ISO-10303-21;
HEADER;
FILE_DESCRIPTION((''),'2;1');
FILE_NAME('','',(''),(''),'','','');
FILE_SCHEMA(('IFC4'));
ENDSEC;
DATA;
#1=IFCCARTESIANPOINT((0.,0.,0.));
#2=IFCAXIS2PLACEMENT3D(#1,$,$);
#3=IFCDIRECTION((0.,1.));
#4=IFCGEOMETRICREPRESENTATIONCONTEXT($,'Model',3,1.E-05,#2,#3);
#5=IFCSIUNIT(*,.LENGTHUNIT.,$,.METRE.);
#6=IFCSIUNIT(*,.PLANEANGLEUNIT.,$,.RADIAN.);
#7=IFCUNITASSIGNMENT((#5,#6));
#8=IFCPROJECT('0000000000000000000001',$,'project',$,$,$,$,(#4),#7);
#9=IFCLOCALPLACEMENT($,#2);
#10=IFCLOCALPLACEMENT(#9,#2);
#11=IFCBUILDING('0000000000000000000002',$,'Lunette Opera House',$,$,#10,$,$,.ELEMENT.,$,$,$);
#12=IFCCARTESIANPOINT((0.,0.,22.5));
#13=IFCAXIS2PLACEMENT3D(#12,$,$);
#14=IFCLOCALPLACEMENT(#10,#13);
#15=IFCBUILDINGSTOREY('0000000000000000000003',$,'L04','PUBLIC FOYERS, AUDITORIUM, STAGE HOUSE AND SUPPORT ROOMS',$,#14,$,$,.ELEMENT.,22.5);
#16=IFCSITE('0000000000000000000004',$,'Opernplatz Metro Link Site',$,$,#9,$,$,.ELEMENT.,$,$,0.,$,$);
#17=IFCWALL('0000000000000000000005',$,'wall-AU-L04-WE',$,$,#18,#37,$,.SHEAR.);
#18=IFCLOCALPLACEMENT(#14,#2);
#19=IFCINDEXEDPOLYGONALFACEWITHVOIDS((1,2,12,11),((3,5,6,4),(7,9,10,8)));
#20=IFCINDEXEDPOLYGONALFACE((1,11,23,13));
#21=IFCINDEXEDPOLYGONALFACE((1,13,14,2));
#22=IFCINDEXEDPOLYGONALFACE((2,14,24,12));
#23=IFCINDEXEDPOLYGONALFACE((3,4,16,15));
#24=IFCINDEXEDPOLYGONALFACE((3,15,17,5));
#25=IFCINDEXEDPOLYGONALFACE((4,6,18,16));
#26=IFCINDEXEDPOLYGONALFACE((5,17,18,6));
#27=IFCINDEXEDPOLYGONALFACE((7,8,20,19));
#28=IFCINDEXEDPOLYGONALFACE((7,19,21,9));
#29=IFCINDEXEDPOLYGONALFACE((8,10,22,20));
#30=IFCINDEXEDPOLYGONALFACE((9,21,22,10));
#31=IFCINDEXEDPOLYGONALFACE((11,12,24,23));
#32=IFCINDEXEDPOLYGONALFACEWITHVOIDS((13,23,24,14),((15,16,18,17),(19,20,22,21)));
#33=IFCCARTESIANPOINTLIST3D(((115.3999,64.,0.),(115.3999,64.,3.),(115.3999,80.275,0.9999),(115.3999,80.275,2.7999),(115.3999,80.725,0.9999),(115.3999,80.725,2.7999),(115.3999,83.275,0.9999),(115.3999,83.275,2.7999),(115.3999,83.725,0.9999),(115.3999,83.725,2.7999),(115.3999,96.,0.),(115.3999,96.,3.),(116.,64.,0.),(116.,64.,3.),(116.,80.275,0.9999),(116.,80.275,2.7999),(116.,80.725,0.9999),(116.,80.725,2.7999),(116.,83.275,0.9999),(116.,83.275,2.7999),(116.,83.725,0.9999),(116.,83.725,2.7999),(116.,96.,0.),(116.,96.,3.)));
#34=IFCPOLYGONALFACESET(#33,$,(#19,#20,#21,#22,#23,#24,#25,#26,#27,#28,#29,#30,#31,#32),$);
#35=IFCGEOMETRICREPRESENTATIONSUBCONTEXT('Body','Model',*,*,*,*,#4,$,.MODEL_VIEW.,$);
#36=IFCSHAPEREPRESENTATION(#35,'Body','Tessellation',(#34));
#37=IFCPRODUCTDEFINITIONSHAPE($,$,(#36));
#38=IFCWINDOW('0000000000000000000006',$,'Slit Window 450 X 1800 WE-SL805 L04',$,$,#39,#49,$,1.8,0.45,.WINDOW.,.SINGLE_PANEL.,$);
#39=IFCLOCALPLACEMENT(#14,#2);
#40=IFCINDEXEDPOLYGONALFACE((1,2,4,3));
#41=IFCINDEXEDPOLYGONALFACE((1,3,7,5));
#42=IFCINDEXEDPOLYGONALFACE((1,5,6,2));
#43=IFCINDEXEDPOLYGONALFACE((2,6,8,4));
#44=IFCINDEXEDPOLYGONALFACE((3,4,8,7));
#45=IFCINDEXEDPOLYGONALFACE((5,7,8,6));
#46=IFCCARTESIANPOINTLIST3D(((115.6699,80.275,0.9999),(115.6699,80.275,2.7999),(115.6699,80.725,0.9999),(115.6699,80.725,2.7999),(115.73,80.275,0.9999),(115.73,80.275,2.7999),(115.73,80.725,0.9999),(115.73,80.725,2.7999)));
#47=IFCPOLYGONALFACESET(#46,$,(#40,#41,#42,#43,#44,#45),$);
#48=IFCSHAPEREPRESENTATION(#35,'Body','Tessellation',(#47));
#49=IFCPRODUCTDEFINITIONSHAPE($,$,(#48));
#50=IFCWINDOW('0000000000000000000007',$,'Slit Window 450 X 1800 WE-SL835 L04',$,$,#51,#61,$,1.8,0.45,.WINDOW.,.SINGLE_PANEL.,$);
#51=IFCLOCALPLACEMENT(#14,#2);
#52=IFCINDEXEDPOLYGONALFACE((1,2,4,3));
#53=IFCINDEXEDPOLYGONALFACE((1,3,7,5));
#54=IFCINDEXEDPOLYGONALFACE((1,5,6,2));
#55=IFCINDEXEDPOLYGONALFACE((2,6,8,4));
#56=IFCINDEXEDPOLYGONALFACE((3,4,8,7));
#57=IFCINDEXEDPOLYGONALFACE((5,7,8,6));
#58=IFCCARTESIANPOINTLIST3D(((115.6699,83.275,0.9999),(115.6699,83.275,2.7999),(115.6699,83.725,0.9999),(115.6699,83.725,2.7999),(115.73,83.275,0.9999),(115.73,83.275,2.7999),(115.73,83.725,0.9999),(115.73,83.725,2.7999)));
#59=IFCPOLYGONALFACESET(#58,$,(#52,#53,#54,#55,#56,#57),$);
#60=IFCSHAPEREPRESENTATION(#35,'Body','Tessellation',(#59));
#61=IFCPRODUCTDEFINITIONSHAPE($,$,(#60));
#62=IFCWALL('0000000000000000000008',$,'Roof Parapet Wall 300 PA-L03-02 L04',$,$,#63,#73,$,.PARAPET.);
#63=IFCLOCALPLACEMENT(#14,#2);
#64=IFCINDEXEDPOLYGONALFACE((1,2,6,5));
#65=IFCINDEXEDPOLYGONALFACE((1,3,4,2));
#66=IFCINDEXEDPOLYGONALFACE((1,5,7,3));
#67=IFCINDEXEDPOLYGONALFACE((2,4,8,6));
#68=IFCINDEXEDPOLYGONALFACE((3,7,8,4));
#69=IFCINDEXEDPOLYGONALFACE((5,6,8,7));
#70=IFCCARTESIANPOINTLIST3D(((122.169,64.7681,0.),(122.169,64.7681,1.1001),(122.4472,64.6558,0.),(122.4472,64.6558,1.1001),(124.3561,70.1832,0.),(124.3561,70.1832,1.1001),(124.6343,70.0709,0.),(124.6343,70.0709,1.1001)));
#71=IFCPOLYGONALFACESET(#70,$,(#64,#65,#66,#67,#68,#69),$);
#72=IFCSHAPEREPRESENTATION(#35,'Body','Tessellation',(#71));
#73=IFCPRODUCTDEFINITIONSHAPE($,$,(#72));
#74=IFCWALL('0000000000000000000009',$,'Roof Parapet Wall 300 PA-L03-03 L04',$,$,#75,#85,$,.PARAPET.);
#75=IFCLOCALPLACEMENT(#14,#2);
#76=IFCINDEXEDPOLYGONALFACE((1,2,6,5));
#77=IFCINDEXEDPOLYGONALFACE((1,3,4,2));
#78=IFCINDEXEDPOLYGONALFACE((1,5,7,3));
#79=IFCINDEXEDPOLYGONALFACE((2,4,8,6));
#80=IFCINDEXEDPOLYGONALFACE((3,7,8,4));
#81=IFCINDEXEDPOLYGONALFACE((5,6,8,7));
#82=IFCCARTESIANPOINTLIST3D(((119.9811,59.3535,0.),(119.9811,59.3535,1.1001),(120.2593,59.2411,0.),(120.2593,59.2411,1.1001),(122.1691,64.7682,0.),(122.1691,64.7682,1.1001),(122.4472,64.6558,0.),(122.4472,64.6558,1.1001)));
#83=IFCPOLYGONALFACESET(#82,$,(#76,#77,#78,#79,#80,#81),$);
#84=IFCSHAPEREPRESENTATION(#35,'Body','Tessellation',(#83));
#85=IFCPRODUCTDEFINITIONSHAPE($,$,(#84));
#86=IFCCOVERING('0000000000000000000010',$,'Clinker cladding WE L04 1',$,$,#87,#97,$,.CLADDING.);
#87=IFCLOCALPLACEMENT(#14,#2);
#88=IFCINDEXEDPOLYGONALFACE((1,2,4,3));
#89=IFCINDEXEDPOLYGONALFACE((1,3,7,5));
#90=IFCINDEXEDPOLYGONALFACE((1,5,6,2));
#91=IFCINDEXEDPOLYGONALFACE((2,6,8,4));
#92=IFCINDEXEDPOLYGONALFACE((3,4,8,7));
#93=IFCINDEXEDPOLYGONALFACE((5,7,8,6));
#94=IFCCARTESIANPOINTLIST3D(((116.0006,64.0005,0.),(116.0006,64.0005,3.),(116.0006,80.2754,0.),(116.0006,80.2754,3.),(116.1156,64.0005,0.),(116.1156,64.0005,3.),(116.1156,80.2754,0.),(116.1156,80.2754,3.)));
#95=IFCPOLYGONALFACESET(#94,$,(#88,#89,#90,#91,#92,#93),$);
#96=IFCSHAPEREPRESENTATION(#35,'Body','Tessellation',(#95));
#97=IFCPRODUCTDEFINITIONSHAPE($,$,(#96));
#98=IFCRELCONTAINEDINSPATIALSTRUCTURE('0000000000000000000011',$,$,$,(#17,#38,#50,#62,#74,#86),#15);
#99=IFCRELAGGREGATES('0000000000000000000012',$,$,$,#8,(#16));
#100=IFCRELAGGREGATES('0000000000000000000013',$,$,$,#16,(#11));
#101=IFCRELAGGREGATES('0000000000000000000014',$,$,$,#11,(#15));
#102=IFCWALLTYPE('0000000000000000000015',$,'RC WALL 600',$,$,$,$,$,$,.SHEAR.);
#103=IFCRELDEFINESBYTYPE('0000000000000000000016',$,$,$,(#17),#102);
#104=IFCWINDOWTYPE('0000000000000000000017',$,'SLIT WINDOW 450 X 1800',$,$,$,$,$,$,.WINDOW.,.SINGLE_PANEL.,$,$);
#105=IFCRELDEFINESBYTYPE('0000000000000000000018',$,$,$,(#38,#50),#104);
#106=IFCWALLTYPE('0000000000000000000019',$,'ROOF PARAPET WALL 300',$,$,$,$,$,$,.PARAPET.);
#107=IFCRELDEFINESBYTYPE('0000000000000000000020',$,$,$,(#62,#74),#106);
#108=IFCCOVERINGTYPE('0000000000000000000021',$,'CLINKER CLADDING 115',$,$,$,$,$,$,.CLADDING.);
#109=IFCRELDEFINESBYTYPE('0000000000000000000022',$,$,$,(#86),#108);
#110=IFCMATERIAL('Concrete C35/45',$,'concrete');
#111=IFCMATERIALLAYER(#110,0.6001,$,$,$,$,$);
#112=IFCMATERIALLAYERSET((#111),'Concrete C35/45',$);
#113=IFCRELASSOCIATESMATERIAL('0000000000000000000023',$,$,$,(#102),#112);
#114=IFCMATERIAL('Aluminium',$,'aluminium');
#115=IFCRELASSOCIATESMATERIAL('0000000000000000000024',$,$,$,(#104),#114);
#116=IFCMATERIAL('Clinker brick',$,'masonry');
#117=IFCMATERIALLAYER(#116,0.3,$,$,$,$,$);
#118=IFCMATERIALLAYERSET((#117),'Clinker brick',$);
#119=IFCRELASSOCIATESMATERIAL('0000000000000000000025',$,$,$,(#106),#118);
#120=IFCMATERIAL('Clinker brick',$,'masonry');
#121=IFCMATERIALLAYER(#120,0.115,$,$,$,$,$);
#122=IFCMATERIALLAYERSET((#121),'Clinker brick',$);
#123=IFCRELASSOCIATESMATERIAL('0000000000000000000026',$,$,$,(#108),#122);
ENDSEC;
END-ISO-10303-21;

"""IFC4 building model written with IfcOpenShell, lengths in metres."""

from ifc_helpers import new_model, si_unit, direction, frame, frame_2d, origin, origin_2d, place, context, subcontext, project, spatial, rectangle, extrude, material, layer, layer_set, type_object, element, fill, save


model = new_model("IFC4")

# Units and contexts
model_context = context("Model", 3, precision=1e-05, world=origin(), true_north=direction((0.0, 1.0)))
body_context = subcontext(model_context, "Body", "Model", "MODEL_VIEW")
ifc_project = project(units=[si_unit("LENGTHUNIT", "METRE"), si_unit("PLANEANGLEUNIT", "RADIAN")], contexts=[model_context])

# Site, building, storey
site_placement = place(None, origin())
site = spatial("IfcSite", under=ifc_project, at=site_placement, Name="Opernplatz Metro Link Site", CompositionType="ELEMENT", RefElevation=0.0)
building_placement = place(site_placement, origin())
building = spatial("IfcBuilding", under=site, at=building_placement, Name="Lunette Opera House", CompositionType="ELEMENT")
storey_placement = place(building_placement, frame((0.0, 0.0, 22.5)))
storey = spatial("IfcBuildingStorey", under=building, at=storey_placement, Name="L04", Description="PUBLIC FOYERS, AUDITORIUM, STAGE HOUSE AND SUPPORT ROOMS", CompositionType="ELEMENT", Elevation=22.5)

# Wall, openings, windows
ifc_material_1 = material(Name="Concrete C35/45", Category="concrete")
ifc_layer_1 = layer(ifc_material_1, 0.6001)
ifc_layer_set_1 = layer_set([ifc_layer_1], Name="Concrete C35/45")
wall_type_1 = type_object("IfcWallType", Name="RC WALL 600", PredefinedType="SHEAR", material=ifc_layer_set_1)
wall_1_placement = place(storey_placement, frame((115.7, 64.0, 0.0), z_axis=(0.0, 0.0, 1.0), x_axis=(0.0, 1.0, 0.0)))
wall_1 = element("IfcWall", 1, at=wall_1_placement, inside=storey, type_object=wall_type_1, Name="wall-AU-L04-WE", PredefinedType="SHEAR", context=body_context, shape_type="SweptSolid", body=[
    extrude(rectangle(XDim=32.0, YDim=0.6001, at=frame_2d((16.0, 0.0))), origin(), (0.0, 0.0, 1.0), 3.0),
])
opening_1_placement = place(wall_1_placement, frame((16.2749, 0.0, 1.0)))
opening_1 = element("IfcOpeningElement", 2, at=opening_1_placement, cuts=wall_1, PredefinedType="OPENING", context=body_context, shape_type="SweptSolid", body=[
    extrude(rectangle(XDim=0.45, YDim=1.8, at=frame_2d((0.2251, 0.8999))), frame((0.0, 0.312, 0.0), z_axis=(0.0, -1.0, 0.0), x_axis=(1.0, 0.0, 0.0)), (0.0, 0.0, 1.0), 0.624),
])
opening_2_placement = place(wall_1_placement, frame((19.2749, 0.0, 1.0)))
opening_2 = element("IfcOpeningElement", 3, at=opening_2_placement, cuts=wall_1, PredefinedType="OPENING", context=body_context, shape_type="SweptSolid", body=[
    extrude(rectangle(XDim=0.45, YDim=1.8, at=frame_2d((0.2251, 0.8999))), frame((0.0, 0.312, 0.0), z_axis=(0.0, -1.0, 0.0), x_axis=(1.0, 0.0, 0.0)), (0.0, 0.0, 1.0), 0.624),
])
ifc_material_2 = material(Name="Aluminium", Category="aluminium")
window_type_1 = type_object("IfcWindowType", Name="SLIT WINDOW 450 X 1800", PartitioningType="SINGLE_PANEL", PredefinedType="WINDOW", material=ifc_material_2)
window_1_placement = place(opening_1_placement, origin())
window_1 = element("IfcWindow", 4, at=window_1_placement, inside=storey, type_object=window_type_1, Name="Slit Window 450 X 1800 WE-SL805 L04", OverallHeight=1.8, OverallWidth=0.45, PartitioningType="SINGLE_PANEL", PredefinedType="WINDOW", context=body_context, shape_type="SweptSolid", body=[
    extrude(rectangle(XDim=0.45, YDim=1.8, at=frame_2d((0.2251, 0.8999))), frame((0.0, 0.03, 0.0), z_axis=(0.0, -1.0, 0.0), x_axis=(1.0, 0.0, 0.0)), (0.0, 0.0, 1.0), 0.0601),
])
fill(opening_1, window_1)
window_2_placement = place(opening_2_placement, origin())
window_2 = element("IfcWindow", 5, at=window_2_placement, inside=storey, type_object=window_type_1, Name="Slit Window 450 X 1800 WE-SL835 L04", OverallHeight=1.8, OverallWidth=0.45, PartitioningType="SINGLE_PANEL", PredefinedType="WINDOW", context=body_context, shape_type="SweptSolid", body=[
    extrude(rectangle(XDim=0.45, YDim=1.8, at=frame_2d((0.2251, 0.8999))), frame((0.0, 0.03, 0.0), z_axis=(0.0, -1.0, 0.0), x_axis=(1.0, 0.0, 0.0)), (0.0, 0.0, 1.0), 0.0601),
])
fill(opening_2, window_2)

# Walls
ifc_material_3 = material(Name="Clinker brick", Category="masonry")
ifc_layer_2 = layer(ifc_material_3, 0.3)
ifc_layer_set_2 = layer_set([ifc_layer_2], Name="Clinker brick")
wall_type_2 = type_object("IfcWallType", Name="ROOF PARAPET WALL 300", PredefinedType="PARAPET", material=ifc_layer_set_2)
for number, where, z_axis, x_axis, name in (
    (6, (124.4951, 70.127, 0.0), (0.0, 0.0, 1.0), (-0.374488, -0.927232, 0.0), "Roof Parapet Wall 300 PA-L03-02 L04"),
    (7, (122.3081, 64.7119, 0.0), (0.0, 0.0, 1.0), (-0.374646, -0.927168, 0.0), "Roof Parapet Wall 300 PA-L03-03 L04"),
):
    element("IfcWall", number, at=place(storey_placement, frame(where, z_axis=z_axis, x_axis=x_axis)), inside=storey, type_object=wall_type_2, Name=name, PredefinedType="PARAPET", context=body_context, shape_type="SweptSolid", body=[
        extrude(rectangle(XDim=5.8401, YDim=0.3, at=frame_2d((2.9199, 0.0))), origin(), (0.0, 0.0, 1.0), 1.1001),
    ])

# Covering
ifc_material_4 = material(Name="Clinker brick", Category="masonry")
ifc_layer_3 = layer(ifc_material_4, 0.115)
ifc_layer_set_3 = layer_set([ifc_layer_3], Name="Clinker brick")
covering_type = type_object("IfcCoveringType", Name="CLINKER CLADDING 115", PredefinedType="CLADDING", material=ifc_layer_set_3)
covering_placement = place(storey_placement, frame((116.0581, 72.1379, 0.0), z_axis=(0.0, 0.0, 1.0), x_axis=(1.0, 0.0, 0.0)))
element("IfcCovering", 8, at=covering_placement, inside=storey, type_object=covering_type, Name="Clinker cladding WE L04 1", PredefinedType="CLADDING", context=body_context, shape_type="SweptSolid", body=[
    extrude(rectangle(XDim=0.115, YDim=16.2749, at=origin_2d()), origin(), (0.0, 0.0, 1.0), 3.0),
])

save(model, "model.ifc")
